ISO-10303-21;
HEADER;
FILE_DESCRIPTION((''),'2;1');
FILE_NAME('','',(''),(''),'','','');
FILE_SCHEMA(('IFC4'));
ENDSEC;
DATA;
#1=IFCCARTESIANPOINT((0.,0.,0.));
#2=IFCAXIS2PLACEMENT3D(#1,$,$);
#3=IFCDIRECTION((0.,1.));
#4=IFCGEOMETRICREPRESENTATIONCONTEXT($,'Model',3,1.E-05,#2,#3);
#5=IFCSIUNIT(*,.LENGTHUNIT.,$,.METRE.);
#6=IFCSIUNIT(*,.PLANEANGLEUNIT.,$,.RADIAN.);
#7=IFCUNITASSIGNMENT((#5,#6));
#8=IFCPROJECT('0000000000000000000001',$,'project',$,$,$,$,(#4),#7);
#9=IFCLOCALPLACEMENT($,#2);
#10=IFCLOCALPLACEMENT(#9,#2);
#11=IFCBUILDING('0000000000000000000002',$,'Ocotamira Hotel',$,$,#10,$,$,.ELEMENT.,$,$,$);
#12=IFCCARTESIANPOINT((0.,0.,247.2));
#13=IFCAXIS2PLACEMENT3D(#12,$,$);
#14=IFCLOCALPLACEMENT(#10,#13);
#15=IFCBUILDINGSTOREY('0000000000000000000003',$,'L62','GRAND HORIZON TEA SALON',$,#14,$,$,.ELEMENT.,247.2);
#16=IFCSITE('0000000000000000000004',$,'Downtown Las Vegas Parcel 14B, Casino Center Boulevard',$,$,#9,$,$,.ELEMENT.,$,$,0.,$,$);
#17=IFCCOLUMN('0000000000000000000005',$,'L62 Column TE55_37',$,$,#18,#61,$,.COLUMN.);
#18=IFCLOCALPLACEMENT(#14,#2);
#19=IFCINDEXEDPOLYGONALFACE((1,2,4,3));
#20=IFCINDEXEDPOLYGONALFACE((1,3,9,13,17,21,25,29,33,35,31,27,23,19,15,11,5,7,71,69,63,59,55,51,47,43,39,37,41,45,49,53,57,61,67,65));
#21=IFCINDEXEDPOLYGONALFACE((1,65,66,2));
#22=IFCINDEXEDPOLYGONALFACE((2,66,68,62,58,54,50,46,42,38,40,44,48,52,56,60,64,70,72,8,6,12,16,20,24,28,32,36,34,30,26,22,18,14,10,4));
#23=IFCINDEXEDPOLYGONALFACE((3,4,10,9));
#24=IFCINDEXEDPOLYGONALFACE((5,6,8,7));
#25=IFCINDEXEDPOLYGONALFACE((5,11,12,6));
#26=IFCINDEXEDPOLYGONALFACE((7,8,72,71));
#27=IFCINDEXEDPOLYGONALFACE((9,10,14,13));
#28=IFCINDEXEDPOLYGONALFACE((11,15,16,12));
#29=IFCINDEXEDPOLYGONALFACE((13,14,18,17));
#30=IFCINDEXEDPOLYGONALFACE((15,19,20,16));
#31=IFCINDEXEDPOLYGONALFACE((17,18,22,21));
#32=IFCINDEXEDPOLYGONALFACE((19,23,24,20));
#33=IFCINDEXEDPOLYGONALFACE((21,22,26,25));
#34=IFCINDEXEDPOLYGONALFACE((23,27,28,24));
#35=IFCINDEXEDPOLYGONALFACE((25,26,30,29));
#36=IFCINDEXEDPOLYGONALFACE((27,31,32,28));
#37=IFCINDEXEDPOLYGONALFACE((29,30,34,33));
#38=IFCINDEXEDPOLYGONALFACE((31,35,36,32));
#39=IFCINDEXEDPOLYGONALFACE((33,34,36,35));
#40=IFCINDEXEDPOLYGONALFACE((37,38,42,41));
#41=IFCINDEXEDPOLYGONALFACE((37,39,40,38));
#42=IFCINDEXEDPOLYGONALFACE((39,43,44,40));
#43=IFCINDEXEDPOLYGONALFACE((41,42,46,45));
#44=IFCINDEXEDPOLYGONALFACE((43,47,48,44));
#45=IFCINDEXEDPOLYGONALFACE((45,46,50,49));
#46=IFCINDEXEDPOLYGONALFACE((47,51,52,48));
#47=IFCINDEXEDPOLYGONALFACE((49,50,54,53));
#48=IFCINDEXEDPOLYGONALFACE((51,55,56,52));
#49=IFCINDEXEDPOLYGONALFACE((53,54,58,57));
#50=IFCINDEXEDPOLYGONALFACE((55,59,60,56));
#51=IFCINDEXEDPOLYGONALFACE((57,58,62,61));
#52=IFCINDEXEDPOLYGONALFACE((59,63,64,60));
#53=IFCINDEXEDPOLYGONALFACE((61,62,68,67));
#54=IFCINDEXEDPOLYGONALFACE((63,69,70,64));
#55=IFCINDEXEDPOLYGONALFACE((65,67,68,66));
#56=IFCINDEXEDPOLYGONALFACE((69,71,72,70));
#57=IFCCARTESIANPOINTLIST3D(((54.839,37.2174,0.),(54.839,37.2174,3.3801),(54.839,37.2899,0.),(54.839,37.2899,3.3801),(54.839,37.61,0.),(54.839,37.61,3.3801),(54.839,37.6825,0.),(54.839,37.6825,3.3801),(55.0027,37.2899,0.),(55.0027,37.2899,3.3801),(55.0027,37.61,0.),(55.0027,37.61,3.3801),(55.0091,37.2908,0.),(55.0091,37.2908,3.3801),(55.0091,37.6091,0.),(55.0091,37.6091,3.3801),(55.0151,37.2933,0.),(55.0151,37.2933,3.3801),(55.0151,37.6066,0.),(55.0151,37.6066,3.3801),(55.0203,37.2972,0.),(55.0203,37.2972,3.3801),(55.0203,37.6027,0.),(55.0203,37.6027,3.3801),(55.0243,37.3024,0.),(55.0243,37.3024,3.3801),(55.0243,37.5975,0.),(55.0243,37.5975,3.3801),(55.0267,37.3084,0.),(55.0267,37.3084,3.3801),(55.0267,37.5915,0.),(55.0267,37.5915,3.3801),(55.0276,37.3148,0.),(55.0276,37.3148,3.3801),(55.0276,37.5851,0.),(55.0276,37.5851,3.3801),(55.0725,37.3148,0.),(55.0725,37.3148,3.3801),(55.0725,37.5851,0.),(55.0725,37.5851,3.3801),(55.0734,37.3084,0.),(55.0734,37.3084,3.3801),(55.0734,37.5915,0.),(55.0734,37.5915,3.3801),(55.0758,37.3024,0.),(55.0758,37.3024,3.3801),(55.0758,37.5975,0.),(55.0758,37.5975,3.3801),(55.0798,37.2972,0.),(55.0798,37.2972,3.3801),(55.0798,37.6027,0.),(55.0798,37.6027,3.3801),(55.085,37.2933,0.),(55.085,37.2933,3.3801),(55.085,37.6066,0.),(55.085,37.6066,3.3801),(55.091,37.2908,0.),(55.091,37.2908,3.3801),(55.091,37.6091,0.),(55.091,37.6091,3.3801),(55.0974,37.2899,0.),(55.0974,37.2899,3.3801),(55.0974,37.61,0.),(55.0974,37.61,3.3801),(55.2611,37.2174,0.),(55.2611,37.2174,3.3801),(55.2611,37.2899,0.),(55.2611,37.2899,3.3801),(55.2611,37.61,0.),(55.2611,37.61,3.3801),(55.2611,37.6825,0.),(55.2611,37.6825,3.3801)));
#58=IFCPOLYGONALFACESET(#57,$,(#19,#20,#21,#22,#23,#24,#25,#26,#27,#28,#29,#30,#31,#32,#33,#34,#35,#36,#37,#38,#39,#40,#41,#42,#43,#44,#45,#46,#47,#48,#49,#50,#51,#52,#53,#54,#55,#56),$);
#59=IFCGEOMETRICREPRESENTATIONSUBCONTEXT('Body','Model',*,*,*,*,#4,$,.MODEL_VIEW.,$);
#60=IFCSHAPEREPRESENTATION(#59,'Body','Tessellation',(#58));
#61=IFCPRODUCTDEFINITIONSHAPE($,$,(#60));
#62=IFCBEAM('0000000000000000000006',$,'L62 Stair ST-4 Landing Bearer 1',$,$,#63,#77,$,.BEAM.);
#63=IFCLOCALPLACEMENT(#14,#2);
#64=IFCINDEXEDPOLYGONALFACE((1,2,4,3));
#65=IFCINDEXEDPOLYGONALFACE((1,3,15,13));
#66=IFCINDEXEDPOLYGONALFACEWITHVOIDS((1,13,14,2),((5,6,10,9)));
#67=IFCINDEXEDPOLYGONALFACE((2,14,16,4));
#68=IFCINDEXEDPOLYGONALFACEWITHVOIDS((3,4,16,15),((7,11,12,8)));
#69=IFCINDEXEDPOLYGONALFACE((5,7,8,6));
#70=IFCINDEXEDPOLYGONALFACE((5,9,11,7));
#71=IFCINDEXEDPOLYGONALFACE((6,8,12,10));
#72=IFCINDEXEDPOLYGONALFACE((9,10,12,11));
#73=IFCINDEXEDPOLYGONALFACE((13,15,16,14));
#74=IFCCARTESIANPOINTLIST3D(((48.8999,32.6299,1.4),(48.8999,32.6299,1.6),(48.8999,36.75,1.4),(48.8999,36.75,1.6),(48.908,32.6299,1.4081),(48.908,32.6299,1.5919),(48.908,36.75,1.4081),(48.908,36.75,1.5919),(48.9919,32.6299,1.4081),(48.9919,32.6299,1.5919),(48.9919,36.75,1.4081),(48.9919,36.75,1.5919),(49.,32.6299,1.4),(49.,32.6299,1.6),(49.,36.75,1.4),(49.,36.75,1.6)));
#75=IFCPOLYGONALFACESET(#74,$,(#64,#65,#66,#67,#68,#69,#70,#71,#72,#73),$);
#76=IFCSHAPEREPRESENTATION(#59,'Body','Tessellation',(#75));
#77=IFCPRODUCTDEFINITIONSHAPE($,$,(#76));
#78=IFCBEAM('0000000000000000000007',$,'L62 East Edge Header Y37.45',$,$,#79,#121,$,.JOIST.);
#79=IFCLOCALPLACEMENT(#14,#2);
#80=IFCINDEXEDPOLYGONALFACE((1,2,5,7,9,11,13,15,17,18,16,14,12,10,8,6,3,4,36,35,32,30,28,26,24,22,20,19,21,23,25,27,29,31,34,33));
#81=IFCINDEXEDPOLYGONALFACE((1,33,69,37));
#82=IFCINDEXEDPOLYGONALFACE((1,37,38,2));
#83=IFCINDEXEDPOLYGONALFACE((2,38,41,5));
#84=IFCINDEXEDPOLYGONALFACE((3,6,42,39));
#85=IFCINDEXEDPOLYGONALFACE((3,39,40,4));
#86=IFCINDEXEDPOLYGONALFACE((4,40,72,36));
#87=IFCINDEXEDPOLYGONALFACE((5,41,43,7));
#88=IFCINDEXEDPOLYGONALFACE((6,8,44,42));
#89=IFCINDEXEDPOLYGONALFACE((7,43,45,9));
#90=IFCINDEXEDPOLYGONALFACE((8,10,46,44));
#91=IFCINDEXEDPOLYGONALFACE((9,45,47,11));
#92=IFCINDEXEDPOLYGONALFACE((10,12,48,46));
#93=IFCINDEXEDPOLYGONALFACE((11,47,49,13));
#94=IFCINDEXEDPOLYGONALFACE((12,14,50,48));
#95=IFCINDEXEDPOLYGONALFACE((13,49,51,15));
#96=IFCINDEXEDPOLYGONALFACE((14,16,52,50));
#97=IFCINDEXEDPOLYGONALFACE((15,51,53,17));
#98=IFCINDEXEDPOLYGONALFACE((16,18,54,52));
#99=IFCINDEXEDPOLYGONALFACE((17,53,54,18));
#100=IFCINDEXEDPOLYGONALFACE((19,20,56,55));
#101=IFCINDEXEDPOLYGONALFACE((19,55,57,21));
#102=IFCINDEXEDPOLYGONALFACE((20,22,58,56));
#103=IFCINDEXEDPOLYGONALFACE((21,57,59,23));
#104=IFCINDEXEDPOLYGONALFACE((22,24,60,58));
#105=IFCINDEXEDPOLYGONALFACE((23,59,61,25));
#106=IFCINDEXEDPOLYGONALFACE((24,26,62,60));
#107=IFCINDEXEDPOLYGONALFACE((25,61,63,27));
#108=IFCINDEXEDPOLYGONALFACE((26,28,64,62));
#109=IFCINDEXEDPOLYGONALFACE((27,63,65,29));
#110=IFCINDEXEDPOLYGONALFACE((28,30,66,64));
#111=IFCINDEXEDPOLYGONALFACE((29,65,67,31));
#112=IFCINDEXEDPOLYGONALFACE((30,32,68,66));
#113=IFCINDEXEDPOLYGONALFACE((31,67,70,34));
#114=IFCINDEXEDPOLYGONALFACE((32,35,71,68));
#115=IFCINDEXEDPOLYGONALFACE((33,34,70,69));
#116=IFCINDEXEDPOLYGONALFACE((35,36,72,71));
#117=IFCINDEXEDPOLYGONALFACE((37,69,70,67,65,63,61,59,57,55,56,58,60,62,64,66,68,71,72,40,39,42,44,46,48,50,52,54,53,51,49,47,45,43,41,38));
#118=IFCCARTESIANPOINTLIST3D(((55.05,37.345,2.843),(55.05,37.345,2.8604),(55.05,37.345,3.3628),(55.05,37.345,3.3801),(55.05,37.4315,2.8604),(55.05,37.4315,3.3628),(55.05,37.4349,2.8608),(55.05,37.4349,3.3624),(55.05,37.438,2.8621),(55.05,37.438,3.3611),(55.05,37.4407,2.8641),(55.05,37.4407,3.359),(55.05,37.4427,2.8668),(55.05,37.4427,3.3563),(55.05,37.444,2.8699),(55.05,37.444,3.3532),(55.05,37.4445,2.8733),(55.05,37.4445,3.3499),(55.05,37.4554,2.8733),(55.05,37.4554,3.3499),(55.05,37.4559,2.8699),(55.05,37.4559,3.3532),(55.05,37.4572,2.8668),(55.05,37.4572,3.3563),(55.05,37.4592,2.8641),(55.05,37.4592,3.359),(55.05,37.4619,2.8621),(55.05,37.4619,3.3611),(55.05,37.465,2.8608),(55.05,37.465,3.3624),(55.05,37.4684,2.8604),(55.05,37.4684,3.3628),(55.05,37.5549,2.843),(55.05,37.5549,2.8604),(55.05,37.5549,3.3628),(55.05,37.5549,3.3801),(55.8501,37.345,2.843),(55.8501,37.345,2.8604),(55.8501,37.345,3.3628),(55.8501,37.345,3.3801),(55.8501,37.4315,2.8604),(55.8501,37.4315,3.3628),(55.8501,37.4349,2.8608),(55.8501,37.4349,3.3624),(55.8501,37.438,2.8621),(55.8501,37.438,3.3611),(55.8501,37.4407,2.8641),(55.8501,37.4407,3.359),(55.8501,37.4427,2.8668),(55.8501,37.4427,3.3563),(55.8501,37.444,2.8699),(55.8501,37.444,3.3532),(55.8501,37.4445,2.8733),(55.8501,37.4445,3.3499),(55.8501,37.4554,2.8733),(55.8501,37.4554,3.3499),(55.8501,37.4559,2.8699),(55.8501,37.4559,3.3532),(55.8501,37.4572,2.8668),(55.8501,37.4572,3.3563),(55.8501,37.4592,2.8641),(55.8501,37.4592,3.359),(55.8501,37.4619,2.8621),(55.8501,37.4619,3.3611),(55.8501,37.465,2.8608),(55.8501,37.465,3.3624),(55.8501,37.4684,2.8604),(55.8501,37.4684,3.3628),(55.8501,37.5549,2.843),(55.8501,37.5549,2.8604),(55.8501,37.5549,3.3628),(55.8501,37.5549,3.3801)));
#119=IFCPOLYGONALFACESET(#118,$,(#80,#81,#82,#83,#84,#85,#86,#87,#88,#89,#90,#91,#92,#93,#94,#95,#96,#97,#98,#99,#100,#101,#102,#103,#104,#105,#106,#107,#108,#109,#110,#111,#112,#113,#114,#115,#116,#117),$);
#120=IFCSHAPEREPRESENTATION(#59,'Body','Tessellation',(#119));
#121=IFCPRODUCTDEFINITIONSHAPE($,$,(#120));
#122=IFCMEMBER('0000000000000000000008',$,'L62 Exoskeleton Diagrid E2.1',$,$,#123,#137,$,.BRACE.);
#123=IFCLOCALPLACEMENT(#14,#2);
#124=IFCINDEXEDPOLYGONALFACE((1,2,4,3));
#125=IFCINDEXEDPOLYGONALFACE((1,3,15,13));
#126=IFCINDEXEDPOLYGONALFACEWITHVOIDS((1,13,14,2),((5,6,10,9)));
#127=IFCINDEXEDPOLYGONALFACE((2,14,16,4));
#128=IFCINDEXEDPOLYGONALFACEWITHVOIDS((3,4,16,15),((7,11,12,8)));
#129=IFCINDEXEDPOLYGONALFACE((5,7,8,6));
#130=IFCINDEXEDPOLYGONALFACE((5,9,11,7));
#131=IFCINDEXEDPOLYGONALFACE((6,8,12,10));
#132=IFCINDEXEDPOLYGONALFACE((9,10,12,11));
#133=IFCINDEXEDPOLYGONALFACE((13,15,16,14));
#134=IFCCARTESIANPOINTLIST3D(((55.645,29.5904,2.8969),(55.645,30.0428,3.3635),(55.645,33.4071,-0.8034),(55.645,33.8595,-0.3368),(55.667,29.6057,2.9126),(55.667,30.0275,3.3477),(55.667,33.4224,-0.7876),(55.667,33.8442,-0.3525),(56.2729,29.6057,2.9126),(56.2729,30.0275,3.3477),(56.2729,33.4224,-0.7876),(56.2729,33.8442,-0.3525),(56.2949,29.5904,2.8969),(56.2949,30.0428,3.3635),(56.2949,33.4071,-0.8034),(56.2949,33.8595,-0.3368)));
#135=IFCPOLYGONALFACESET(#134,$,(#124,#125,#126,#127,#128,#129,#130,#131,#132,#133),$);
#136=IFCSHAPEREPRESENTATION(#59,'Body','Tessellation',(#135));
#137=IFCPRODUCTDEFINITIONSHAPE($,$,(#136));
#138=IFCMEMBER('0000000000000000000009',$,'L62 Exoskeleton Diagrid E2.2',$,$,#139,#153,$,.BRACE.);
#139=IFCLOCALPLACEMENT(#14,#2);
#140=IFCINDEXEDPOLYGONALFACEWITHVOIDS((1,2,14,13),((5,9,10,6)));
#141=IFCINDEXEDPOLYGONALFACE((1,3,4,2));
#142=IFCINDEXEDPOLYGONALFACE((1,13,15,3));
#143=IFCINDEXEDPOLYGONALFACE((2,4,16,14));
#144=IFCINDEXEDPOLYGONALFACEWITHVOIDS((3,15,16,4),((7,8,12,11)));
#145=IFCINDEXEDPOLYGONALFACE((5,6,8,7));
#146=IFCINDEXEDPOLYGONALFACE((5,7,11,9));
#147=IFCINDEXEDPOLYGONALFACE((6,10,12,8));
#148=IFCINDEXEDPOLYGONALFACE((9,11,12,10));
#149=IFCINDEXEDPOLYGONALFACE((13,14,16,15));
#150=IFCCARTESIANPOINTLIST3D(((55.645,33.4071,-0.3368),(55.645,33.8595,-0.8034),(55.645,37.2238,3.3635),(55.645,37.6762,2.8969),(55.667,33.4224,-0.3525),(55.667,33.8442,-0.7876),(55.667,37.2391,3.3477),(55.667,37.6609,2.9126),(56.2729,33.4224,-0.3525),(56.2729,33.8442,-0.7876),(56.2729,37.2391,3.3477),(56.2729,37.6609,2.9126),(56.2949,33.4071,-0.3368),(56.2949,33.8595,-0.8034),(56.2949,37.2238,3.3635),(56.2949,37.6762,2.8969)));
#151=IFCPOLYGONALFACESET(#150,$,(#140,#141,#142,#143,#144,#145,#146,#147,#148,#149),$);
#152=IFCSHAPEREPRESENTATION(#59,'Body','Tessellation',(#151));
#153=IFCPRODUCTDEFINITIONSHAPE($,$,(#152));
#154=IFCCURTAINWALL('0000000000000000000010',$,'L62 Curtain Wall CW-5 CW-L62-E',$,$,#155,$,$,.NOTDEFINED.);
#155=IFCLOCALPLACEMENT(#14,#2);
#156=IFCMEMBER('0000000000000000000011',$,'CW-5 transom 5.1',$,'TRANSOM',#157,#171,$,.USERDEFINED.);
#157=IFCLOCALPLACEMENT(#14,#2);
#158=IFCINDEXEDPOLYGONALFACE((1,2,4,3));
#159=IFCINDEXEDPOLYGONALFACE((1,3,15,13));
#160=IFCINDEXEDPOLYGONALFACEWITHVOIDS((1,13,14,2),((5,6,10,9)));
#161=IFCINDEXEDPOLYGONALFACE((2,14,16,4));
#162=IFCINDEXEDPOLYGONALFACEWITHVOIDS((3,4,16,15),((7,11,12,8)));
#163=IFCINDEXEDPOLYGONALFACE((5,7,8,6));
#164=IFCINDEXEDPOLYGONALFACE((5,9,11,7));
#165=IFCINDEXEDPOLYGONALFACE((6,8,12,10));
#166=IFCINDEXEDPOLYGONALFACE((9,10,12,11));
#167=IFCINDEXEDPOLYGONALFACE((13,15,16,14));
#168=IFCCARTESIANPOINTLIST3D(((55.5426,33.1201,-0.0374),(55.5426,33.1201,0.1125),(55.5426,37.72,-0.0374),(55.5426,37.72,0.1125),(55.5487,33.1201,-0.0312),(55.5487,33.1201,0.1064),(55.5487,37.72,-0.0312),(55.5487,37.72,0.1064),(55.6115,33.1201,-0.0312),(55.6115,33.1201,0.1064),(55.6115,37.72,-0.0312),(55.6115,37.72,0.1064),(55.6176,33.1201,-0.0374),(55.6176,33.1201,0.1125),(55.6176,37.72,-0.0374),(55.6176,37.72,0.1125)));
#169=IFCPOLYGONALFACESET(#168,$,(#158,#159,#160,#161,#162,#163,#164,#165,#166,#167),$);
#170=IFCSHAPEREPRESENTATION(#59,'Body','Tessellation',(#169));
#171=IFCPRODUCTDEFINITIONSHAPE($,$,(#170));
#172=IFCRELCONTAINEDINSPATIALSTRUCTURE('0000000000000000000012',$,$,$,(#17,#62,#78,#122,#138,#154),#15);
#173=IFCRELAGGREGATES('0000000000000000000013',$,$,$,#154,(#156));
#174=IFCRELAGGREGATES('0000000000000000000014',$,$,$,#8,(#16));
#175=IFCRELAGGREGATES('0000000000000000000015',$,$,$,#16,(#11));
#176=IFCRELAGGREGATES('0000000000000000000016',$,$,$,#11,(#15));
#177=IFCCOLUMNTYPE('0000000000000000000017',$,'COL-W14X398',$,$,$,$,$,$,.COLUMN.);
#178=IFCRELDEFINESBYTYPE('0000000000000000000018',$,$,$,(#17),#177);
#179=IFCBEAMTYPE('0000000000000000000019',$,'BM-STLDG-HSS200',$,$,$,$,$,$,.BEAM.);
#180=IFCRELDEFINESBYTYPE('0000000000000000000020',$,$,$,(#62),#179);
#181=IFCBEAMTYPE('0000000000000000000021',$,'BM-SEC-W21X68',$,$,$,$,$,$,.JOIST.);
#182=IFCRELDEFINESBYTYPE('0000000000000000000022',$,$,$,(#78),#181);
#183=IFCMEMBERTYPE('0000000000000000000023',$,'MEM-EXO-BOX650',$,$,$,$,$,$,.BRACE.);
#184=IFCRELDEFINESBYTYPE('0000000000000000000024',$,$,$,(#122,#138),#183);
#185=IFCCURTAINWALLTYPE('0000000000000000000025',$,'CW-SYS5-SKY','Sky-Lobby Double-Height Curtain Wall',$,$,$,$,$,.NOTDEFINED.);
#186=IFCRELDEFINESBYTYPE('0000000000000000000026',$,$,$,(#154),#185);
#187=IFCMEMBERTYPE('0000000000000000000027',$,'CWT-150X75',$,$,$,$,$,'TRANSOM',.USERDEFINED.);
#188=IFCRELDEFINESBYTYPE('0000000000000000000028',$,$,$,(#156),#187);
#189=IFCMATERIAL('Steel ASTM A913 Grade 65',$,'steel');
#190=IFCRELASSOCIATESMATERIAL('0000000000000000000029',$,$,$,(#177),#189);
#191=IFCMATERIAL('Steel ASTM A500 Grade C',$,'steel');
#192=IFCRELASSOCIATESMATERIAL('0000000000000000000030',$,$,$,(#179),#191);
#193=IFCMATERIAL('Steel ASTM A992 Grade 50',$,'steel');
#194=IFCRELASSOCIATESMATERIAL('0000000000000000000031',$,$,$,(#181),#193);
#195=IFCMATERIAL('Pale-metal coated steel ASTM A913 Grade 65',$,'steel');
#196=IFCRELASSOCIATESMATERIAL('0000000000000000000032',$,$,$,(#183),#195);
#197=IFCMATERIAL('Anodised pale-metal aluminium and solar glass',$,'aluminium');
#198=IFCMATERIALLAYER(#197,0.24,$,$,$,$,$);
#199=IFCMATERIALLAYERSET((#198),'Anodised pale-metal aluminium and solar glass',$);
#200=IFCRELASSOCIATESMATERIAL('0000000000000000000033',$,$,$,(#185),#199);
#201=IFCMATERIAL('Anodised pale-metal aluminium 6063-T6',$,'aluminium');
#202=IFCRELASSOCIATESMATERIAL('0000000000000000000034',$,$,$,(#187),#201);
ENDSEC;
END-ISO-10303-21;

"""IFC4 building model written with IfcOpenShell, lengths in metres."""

from ifc_helpers import new_model, si_unit, direction, frame, origin, origin_2d, place, context, subcontext, project, spatial, hollow_rectangle, i_section, extrude, source, transform, mapped, material, layer, layer_set, material_profile, profile_set, type_object, element, aggregate, save


model = new_model("IFC4")

# Units and contexts
model_context = context("Model", 3, precision=1e-05, world=origin(), true_north=direction((0.0, 1.0)))
body_context = subcontext(model_context, "Body", "Model", "MODEL_VIEW")
ifc_project = project(units=[si_unit("LENGTHUNIT", "METRE"), si_unit("PLANEANGLEUNIT", "RADIAN")], contexts=[model_context])

# Site, building, storey
site_placement = place(None, origin())
site = spatial("IfcSite", under=ifc_project, at=site_placement, Name="Downtown Las Vegas Parcel 14B, Casino Center Boulevard", CompositionType="ELEMENT", RefElevation=0.0)
building_placement = place(site_placement, origin())
building = spatial("IfcBuilding", under=site, at=building_placement, Name="Ocotamira Hotel", CompositionType="ELEMENT")
storey_placement = place(building_placement, frame((0.0, 0.0, 247.2)))
storey = spatial("IfcBuildingStorey", under=building, at=storey_placement, Name="L62", Description="GRAND HORIZON TEA SALON", CompositionType="ELEMENT", Elevation=247.2)

# Column
ifc_material_1 = material(Name="Steel ASTM A913 Grade 65", Category="steel")
ifc_material_profile_1 = material_profile(ifc_material_1, i_section(OverallWidth=0.4221, OverallDepth=0.4651, WebThickness=0.0449, FlangeThickness=0.0725, FilletRadius=0.0249, at=origin_2d()), Name="W14X398")
ifc_profile_set_1 = profile_set([ifc_material_profile_1], Name="Steel ASTM A913 Grade 65")
column_type = type_object("IfcColumnType", Name="COL-W14X398", PredefinedType="COLUMN", material=ifc_profile_set_1)
shared_shape_1 = source(origin(), body_context, "Body", "SweptSolid", [
    extrude(i_section(OverallWidth=0.4221, OverallDepth=0.4651, WebThickness=0.0449, FlangeThickness=0.0725, FilletRadius=0.0249, at=origin_2d()), origin(), (0.0, 0.0, 1.0), 3.3801),
])
column_placement = place(storey_placement, frame((55.05, 37.45, 0.0), z_axis=(0.0, 0.0, 1.0), x_axis=(1.0, 0.0, 0.0)))
element("IfcColumn", 1, at=column_placement, inside=storey, type_object=column_type, Name="L62 Column TE55_37", PredefinedType="COLUMN", context=body_context, shape_type="MappedRepresentation", body=[
    mapped(shared_shape_1, transform((0.0, 0.0, 0.0), scale=1.0)),
])

# Beams
ifc_material_2 = material(Name="Steel ASTM A500 Grade C", Category="steel")
ifc_material_profile_2 = material_profile(ifc_material_2, hollow_rectangle(XDim=0.1001, YDim=0.2, WallThickness=0.0081, at=origin_2d()), Name="HSS200X100X8")
ifc_profile_set_2 = profile_set([ifc_material_profile_2], Name="Steel ASTM A500 Grade C")
beam_type_1 = type_object("IfcBeamType", Name="BM-STLDG-HSS200", PredefinedType="BEAM", material=ifc_profile_set_2)
shared_shape_2 = source(origin(), body_context, "Body", "SweptSolid", [
    extrude(hollow_rectangle(XDim=0.1001, YDim=0.2, WallThickness=0.0081, at=origin_2d()), origin(), (0.0, 0.0, 1.0), 4.1201),
])
beam_1_placement = place(storey_placement, frame((48.95, 32.6299, 1.5), z_axis=(0.0, 1.0, 0.0), x_axis=(-1.0, 0.0, 0.0)))
element("IfcBeam", 2, at=beam_1_placement, inside=storey, type_object=beam_type_1, Name="L62 Stair ST-4 Landing Bearer 1", PredefinedType="BEAM", context=body_context, shape_type="MappedRepresentation", body=[
    mapped(shared_shape_2, transform((0.0, 0.0, 0.0), scale=1.0)),
])
ifc_material_3 = material(Name="Steel ASTM A992 Grade 50", Category="steel")
ifc_material_profile_3 = material_profile(ifc_material_3, i_section(OverallWidth=0.21, OverallDepth=0.5371, WebThickness=0.011, FlangeThickness=0.0173, FilletRadius=0.0129, at=origin_2d()), Name="W21X68")
ifc_profile_set_3 = profile_set([ifc_material_profile_3], Name="Steel ASTM A992 Grade 50")
beam_type_2 = type_object("IfcBeamType", Name="BM-SEC-W21X68", PredefinedType="JOIST", material=ifc_profile_set_3)
shared_shape_3 = source(origin(), body_context, "Body", "SweptSolid", [
    extrude(i_section(OverallWidth=0.21, OverallDepth=0.5371, WebThickness=0.011, FlangeThickness=0.0173, FilletRadius=0.0129, at=origin_2d()), origin(), (0.0, 0.0, 1.0), 0.8),
])
beam_2_placement = place(storey_placement, frame((55.05, 37.45, 3.1116), z_axis=(1.0, 0.0, 0.0), x_axis=(0.0, 1.0, 0.0)))
element("IfcBeam", 3, at=beam_2_placement, inside=storey, type_object=beam_type_2, Name="L62 East Edge Header Y37.45", PredefinedType="JOIST", context=body_context, shape_type="MappedRepresentation", body=[
    mapped(shared_shape_3, transform((0.0, 0.0, 0.0), scale=1.0)),
])

# Members
ifc_material_4 = material(Name="Pale-metal coated steel ASTM A913 Grade 65", Category="steel")
ifc_material_profile_4 = material_profile(ifc_material_4, hollow_rectangle(XDim=0.6499, YDim=0.6499, WallThickness=0.022, at=origin_2d()), Name="BOX650X650X22")
ifc_profile_set_4 = profile_set([ifc_material_profile_4], Name="Pale-metal coated steel ASTM A913 Grade 65")
member_type_1 = type_object("IfcMemberType", Name="MEM-EXO-BOX650", PredefinedType="BRACE", material=ifc_profile_set_4)
shared_shape_4 = source(origin(), body_context, "Body", "SweptSolid", [
    extrude(hollow_rectangle(XDim=0.6499, YDim=0.6499, WallThickness=0.022, at=origin_2d()), origin(), (0.0, 0.0, 1.0), 5.3159),
])
for number, where, z_axis, x_axis, name in (
    (4, (55.97, 33.6333, -0.5701), (0.0, -0.717976, 0.696068), (1.0, 0.0, 0.0), "L62 Exoskeleton Diagrid E2.1"),
    (5, (55.97, 33.6333, -0.5701), (0.0, 0.717976, 0.696068), (-1.0, 0.0, 0.0), "L62 Exoskeleton Diagrid E2.2"),
):
    element("IfcMember", number, at=place(storey_placement, frame(where, z_axis=z_axis, x_axis=x_axis)), inside=storey, type_object=member_type_1, Name=name, PredefinedType="BRACE", context=body_context, shape_type="MappedRepresentation", body=[
        mapped(shared_shape_4, transform((0.0, 0.0, 0.0), scale=1.0)),
    ])

# Curtain wall, member
ifc_material_5 = material(Name="Anodised pale-metal aluminium and solar glass", Category="aluminium")
ifc_layer_1 = layer(ifc_material_5, 0.24)
ifc_layer_set_1 = layer_set([ifc_layer_1], Name="Anodised pale-metal aluminium and solar glass")
curtain_wall_type = type_object("IfcCurtainWallType", Name="CW-SYS5-SKY", Description="Sky-Lobby Double-Height Curtain Wall", PredefinedType="NOTDEFINED", material=ifc_layer_set_1)
curtain_wall_placement = place(storey_placement, origin())
curtain_wall = element("IfcCurtainWall", 6, at=curtain_wall_placement, inside=storey, type_object=curtain_wall_type, Name="L62 Curtain Wall CW-5 CW-L62-E", PredefinedType="NOTDEFINED")
ifc_material_6 = material(Name="Anodised pale-metal aluminium 6063-T6", Category="aluminium")
ifc_material_profile_5 = material_profile(ifc_material_6, hollow_rectangle(XDim=0.075, YDim=0.1499, WallThickness=0.0061, at=origin_2d()), Name="HSS150X75X6")
ifc_profile_set_5 = profile_set([ifc_material_profile_5], Name="Anodised pale-metal aluminium 6063-T6")
member_type_2 = type_object("IfcMemberType", Name="CWT-150X75", ElementType="TRANSOM", PredefinedType="USERDEFINED", material=ifc_profile_set_5)
shared_shape_5 = source(origin(), body_context, "Body", "SweptSolid", [
    extrude(hollow_rectangle(XDim=0.075, YDim=0.1499, WallThickness=0.0061, at=origin_2d()), origin(), (0.0, 0.0, 1.0), 4.5999),
])
member_1_placement = place(storey_placement, frame((55.5801, 33.1201, 0.0376), z_axis=(0.0, 1.0, 0.0), x_axis=(-1.0, 0.0, 0.0)))
member_1 = element("IfcMember", 7, at=member_1_placement, type_object=member_type_2, Name="CW-5 transom 5.1", ObjectType="TRANSOM", PredefinedType="USERDEFINED", context=body_context, shape_type="MappedRepresentation", body=[
    mapped(shared_shape_5, transform((0.0, 0.0, 0.0), scale=1.0)),
])

aggregate(curtain_wall, [member_1])

save(model, "model.ifc")
